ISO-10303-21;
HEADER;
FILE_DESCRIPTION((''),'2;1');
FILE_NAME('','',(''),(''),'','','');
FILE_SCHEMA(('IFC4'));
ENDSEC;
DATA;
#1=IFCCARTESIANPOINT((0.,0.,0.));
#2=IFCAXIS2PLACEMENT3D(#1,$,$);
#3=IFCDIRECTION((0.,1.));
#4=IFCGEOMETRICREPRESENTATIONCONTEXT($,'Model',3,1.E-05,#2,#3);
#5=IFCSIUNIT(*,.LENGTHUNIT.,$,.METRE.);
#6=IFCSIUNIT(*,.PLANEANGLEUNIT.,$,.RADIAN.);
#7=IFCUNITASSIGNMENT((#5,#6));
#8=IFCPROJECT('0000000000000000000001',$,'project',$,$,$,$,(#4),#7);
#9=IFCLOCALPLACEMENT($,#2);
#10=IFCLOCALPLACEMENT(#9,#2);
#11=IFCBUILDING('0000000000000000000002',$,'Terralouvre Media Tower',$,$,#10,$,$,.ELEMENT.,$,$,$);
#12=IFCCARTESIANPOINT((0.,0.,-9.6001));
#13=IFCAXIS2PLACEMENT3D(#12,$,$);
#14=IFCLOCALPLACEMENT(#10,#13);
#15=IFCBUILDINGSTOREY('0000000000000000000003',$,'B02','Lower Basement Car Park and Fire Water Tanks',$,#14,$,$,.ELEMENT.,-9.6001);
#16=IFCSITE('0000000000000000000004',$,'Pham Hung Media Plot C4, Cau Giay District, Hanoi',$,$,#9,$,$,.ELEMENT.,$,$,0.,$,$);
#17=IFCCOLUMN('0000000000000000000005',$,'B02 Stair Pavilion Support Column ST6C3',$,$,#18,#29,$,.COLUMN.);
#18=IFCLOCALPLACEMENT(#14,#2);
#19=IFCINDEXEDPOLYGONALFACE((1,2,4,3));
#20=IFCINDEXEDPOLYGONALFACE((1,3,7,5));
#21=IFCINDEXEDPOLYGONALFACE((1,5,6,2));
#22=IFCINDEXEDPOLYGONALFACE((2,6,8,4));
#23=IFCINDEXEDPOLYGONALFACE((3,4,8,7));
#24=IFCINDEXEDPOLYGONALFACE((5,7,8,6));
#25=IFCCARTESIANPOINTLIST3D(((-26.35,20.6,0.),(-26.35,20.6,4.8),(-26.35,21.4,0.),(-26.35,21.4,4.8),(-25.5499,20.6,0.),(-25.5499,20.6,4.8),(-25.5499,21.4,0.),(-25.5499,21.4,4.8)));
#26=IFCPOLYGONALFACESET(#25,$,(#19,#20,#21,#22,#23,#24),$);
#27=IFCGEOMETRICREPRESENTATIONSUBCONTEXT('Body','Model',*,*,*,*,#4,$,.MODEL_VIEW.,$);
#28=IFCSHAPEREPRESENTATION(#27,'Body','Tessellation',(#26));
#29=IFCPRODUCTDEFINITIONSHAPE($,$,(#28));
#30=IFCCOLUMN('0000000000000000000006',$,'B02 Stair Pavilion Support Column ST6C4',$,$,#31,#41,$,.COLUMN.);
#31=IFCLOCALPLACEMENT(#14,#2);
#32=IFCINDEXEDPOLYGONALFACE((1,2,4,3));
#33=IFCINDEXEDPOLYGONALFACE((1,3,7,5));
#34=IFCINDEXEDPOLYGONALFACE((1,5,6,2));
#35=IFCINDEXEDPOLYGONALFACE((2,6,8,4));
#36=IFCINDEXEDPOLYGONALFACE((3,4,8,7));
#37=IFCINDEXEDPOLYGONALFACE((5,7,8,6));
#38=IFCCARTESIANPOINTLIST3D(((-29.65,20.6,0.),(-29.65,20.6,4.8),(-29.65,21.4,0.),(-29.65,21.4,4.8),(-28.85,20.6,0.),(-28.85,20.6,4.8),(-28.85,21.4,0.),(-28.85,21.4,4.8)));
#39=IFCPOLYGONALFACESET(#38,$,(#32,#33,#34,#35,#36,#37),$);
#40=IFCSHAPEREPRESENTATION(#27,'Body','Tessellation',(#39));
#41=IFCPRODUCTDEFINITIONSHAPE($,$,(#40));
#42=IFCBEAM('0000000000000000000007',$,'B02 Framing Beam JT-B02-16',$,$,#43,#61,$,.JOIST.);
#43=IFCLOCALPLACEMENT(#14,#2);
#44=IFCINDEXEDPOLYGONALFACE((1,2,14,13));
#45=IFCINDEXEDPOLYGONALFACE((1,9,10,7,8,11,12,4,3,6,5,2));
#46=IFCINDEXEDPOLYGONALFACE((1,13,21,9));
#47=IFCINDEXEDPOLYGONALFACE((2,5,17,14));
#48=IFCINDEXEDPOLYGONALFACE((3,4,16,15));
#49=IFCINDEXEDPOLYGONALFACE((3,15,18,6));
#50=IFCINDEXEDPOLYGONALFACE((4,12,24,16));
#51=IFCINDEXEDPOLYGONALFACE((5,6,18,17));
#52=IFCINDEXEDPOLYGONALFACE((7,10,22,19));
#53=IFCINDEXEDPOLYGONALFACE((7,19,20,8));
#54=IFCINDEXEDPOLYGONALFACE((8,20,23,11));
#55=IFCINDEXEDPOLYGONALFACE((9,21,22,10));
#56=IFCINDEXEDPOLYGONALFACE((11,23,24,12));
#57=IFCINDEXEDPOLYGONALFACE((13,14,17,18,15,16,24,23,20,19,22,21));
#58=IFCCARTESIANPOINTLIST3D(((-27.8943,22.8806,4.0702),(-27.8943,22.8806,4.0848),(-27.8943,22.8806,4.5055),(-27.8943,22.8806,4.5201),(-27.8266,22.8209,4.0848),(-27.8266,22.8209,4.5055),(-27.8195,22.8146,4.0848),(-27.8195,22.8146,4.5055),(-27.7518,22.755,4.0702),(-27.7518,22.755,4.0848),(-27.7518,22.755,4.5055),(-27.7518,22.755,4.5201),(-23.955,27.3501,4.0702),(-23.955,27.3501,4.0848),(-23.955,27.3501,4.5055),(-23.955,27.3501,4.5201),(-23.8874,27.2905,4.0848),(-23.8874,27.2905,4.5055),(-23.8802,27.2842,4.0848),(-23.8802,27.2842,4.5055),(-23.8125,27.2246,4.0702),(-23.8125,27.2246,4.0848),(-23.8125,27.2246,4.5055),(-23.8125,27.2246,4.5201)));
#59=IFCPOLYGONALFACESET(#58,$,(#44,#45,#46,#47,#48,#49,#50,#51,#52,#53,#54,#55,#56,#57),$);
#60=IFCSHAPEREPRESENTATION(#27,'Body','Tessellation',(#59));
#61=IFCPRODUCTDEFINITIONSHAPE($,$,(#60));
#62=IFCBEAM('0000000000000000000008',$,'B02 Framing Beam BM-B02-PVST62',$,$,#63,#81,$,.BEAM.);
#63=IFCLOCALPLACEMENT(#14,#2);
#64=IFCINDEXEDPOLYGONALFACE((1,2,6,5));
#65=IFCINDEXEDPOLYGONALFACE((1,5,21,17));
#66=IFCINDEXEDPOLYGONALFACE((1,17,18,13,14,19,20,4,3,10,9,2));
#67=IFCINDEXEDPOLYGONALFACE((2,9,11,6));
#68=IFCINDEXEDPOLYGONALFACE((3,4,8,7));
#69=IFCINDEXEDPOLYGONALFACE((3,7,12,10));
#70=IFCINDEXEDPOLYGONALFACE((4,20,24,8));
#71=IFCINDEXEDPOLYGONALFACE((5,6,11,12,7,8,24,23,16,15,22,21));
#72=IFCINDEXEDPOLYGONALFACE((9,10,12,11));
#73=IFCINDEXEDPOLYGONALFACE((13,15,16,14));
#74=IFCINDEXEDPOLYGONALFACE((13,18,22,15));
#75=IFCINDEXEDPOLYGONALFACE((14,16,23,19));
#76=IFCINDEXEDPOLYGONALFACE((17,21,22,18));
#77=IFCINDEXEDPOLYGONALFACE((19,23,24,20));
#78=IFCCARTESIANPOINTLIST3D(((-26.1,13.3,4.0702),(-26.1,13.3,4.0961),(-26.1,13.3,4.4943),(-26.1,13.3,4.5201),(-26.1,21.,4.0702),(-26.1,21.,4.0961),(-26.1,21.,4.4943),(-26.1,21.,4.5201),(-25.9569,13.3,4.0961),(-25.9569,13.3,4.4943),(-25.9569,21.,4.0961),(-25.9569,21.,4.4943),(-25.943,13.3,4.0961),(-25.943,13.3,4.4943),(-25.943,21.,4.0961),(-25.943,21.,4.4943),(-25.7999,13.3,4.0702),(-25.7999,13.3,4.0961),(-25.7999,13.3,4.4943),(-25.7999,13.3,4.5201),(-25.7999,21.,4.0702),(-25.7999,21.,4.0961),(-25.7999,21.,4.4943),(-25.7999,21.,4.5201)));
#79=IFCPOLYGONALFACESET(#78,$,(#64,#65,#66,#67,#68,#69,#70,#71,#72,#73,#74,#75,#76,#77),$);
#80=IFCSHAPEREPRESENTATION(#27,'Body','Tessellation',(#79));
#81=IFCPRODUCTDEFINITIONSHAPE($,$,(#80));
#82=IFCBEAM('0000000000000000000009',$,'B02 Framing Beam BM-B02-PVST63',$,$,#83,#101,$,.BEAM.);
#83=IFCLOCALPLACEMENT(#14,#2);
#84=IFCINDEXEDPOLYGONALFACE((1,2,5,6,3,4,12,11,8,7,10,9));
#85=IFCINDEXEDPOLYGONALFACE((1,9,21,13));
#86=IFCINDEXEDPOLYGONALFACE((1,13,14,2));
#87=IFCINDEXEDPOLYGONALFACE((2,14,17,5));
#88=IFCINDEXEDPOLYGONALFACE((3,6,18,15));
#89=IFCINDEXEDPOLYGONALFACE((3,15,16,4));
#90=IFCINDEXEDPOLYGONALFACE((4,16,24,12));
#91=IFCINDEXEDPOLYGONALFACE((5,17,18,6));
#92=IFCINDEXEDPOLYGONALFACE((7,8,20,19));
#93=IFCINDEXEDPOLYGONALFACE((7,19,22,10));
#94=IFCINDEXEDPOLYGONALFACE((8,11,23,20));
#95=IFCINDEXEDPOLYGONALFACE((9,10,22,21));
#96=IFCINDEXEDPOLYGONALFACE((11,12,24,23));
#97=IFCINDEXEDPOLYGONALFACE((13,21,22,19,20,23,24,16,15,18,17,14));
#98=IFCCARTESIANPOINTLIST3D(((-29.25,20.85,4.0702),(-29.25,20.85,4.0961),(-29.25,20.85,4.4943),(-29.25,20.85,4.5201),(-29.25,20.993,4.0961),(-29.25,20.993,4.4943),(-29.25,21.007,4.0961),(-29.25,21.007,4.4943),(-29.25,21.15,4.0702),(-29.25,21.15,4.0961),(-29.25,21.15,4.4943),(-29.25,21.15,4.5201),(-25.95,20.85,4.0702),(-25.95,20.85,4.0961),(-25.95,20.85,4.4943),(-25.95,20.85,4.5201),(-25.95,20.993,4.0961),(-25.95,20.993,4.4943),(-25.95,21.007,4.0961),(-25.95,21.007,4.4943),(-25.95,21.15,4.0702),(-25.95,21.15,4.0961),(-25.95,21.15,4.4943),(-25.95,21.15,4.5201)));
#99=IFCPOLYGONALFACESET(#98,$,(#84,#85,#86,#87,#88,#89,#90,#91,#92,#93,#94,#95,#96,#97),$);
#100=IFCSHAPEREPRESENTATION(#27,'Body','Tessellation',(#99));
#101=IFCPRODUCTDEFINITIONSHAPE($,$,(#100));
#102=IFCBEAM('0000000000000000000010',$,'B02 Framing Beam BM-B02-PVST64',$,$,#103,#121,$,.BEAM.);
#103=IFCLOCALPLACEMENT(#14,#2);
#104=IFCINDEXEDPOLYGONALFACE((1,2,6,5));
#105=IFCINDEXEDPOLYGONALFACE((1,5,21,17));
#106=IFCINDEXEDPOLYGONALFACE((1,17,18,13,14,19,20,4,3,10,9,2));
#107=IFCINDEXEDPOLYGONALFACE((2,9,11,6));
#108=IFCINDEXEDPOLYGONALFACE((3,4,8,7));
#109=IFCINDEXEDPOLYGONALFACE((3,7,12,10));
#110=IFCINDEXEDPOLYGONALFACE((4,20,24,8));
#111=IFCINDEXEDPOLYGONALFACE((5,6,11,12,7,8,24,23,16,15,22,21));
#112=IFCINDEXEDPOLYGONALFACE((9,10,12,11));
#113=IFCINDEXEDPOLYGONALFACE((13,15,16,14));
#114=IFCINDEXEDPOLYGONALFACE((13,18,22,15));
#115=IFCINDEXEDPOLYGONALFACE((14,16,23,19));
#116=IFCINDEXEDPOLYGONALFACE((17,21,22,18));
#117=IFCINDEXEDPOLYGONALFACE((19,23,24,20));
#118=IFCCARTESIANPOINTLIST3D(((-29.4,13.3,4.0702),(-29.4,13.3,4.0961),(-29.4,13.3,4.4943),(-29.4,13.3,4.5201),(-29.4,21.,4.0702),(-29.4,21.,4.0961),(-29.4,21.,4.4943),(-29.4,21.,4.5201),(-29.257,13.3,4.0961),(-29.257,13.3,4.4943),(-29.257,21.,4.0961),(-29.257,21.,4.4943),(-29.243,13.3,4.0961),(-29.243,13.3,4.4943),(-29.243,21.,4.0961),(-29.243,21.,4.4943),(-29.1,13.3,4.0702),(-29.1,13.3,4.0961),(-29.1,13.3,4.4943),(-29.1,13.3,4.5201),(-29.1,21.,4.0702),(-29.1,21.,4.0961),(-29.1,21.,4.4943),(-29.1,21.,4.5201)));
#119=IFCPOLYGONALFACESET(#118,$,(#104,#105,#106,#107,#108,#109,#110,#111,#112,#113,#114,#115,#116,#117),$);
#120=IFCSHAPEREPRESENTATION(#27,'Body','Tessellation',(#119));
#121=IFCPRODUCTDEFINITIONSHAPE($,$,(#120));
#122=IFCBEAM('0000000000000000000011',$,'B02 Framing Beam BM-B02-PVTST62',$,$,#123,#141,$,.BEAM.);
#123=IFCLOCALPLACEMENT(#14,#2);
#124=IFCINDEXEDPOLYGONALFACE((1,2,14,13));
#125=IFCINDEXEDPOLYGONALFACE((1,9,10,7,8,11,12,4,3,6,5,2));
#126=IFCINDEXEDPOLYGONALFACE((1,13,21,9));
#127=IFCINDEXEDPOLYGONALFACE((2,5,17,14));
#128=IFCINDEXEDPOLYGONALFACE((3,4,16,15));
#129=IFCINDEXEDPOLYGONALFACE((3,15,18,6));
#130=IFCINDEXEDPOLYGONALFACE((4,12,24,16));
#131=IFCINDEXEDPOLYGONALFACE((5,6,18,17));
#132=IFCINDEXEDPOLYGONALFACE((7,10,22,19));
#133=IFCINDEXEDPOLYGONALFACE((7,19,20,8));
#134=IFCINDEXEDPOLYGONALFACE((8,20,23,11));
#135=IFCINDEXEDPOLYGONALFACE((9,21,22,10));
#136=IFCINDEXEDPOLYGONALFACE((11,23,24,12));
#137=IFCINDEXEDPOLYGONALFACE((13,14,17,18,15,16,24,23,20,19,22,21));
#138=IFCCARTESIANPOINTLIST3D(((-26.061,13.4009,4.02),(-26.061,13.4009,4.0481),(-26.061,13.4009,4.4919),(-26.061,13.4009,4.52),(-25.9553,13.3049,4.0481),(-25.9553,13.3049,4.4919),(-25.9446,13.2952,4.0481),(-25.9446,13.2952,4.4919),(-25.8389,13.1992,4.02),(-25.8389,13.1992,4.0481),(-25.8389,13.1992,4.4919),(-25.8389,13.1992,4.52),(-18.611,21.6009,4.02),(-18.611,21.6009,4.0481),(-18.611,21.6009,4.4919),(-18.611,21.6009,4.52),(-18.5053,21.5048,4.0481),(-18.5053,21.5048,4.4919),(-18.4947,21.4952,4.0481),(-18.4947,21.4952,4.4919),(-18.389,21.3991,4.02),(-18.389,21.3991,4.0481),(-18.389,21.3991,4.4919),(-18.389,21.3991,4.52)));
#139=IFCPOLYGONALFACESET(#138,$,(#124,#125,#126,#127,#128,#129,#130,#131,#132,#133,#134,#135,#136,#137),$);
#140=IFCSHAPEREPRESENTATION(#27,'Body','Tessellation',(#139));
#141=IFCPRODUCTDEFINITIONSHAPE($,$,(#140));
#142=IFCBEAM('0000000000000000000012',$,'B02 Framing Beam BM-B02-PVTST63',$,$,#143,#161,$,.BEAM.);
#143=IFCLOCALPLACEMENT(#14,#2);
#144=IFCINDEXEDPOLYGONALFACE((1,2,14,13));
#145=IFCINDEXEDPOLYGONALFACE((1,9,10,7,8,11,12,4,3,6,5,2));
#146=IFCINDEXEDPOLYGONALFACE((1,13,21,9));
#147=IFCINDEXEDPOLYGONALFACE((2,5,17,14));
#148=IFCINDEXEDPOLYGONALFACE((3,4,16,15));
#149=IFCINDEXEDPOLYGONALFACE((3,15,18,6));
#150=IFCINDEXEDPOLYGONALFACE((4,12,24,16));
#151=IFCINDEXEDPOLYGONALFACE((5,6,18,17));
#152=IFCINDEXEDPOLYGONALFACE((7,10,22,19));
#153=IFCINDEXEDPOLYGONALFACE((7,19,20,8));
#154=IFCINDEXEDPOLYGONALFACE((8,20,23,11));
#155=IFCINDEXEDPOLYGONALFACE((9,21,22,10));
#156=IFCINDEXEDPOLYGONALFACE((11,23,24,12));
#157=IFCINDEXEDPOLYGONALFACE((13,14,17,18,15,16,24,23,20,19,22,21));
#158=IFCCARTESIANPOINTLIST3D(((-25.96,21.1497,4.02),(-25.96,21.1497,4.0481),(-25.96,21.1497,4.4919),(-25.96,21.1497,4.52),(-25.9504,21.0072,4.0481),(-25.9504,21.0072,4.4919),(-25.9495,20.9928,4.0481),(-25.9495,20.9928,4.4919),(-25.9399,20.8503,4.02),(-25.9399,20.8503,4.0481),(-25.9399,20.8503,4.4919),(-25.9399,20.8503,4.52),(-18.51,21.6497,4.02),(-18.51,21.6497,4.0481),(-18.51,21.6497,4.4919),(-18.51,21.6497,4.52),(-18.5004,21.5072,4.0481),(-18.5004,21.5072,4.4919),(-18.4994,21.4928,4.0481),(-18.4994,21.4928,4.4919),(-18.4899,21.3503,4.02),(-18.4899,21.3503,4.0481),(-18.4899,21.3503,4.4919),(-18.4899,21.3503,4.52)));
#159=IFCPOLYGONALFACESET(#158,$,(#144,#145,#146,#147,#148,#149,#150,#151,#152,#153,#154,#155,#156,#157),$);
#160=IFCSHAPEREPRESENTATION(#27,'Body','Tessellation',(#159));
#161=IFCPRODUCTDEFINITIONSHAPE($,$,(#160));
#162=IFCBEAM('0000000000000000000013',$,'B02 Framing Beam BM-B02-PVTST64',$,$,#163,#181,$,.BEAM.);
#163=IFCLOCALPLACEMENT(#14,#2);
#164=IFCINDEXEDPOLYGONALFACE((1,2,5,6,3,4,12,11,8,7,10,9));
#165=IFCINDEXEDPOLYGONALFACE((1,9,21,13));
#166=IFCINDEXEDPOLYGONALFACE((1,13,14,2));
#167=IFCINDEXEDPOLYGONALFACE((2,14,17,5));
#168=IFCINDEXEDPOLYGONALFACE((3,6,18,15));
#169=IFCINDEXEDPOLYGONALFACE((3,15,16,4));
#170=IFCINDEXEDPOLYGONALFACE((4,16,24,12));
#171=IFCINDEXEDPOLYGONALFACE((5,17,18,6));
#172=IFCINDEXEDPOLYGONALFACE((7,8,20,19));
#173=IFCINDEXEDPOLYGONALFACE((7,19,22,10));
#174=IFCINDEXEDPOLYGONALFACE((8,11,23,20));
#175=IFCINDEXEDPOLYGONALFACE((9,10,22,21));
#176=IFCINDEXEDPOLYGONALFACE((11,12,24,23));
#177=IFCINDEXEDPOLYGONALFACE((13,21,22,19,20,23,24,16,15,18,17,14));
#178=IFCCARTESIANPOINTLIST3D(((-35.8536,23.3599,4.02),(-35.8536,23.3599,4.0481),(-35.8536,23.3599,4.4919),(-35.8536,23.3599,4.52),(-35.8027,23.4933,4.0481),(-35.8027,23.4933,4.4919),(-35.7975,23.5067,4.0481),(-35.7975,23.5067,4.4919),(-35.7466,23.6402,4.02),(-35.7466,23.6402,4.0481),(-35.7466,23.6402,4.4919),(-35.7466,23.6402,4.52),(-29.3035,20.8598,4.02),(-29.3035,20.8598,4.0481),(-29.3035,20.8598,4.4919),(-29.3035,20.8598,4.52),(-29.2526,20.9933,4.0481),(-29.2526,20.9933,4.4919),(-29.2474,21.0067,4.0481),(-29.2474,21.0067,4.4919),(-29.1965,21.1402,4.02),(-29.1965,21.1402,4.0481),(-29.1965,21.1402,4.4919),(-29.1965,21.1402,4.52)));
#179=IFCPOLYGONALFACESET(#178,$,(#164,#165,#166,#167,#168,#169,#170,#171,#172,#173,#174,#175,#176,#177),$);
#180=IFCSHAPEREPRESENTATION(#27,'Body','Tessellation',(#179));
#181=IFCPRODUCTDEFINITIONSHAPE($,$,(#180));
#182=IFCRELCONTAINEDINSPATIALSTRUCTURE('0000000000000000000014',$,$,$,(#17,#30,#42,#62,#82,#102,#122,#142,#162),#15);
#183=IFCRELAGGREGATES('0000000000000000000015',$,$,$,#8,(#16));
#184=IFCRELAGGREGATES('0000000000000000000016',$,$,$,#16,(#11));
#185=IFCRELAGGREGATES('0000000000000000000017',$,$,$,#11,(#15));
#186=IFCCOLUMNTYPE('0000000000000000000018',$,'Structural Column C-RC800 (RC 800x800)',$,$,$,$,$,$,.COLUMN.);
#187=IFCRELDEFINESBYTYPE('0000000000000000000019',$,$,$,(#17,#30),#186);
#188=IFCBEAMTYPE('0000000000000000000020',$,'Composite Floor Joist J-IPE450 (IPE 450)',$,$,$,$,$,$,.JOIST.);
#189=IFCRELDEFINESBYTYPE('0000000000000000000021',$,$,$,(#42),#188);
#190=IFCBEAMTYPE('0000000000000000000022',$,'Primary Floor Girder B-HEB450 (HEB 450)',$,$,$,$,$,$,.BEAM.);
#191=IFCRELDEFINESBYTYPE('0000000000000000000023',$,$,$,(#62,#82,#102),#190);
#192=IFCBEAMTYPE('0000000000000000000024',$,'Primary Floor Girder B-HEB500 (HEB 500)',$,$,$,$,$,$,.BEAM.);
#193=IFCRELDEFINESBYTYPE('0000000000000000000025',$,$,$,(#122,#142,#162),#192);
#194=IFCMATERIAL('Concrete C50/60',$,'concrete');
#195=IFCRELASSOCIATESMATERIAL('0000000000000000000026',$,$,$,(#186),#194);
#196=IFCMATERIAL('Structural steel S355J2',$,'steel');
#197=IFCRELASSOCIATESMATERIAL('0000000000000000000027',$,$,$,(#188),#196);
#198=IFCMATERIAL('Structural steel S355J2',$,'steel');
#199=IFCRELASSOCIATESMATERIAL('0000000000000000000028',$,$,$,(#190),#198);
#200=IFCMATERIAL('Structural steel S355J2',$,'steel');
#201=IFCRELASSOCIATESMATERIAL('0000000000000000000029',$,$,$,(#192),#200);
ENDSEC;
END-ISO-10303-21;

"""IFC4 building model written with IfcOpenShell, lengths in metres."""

from ifc_helpers import new_model, si_unit, direction, frame, origin, origin_2d, place, context, subcontext, project, spatial, rectangle, i_section, extrude, material, material_profile, profile_set, type_object, element, save


model = new_model("IFC4")

# Units and contexts
model_context = context("Model", 3, precision=1e-05, world=origin(), true_north=direction((0.0, 1.0)))
body_context = subcontext(model_context, "Body", "Model", "MODEL_VIEW")
ifc_project = project(units=[si_unit("LENGTHUNIT", "METRE"), si_unit("PLANEANGLEUNIT", "RADIAN")], contexts=[model_context])

# Site, building, storey
site_placement = place(None, origin())
site = spatial("IfcSite", under=ifc_project, at=site_placement, Name="Pham Hung Media Plot C4, Cau Giay District, Hanoi", CompositionType="ELEMENT", RefElevation=0.0)
building_placement = place(site_placement, origin())
building = spatial("IfcBuilding", under=site, at=building_placement, Name="Terralouvre Media Tower", CompositionType="ELEMENT")
storey_placement = place(building_placement, frame((0.0, 0.0, -9.6001)))
storey = spatial("IfcBuildingStorey", under=building, at=storey_placement, Name="B02", Description="Lower Basement Car Park and Fire Water Tanks", CompositionType="ELEMENT", Elevation=-9.6001)

# Columns
ifc_material_1 = material(Name="Concrete C50/60", Category="concrete")
ifc_material_profile_1 = material_profile(ifc_material_1, rectangle(XDim=0.8, YDim=0.8, at=origin_2d()), Name="RC 800x800")
ifc_profile_set_1 = profile_set([ifc_material_profile_1], Name="Concrete C50/60")
column_type_1 = type_object("IfcColumnType", Name="Structural Column C-RC800 (RC 800x800)", PredefinedType="COLUMN", material=ifc_profile_set_1)
for number, where, z_axis, x_axis, name in (
    (1, (-25.95, 21.0, 0.0), (0.0, 0.0, 1.0), (1.0, 0.0, 0.0), "B02 Stair Pavilion Support Column ST6C3"),
    (2, (-29.25, 21.0, 0.0), (0.0, 0.0, 1.0), (1.0, 0.0, 0.0), "B02 Stair Pavilion Support Column ST6C4"),
):
    element("IfcColumn", number, at=place(storey_placement, frame(where, z_axis=z_axis, x_axis=x_axis)), inside=storey, type_object=column_type_1, Name=name, PredefinedType="COLUMN", context=body_context, shape_type="SweptSolid", body=[
        extrude(rectangle(XDim=0.8, YDim=0.8, at=origin_2d()), origin(), (0.0, 0.0, 1.0), 4.8),
    ])

# Beams
ifc_material_2 = material(Name="Structural steel S355J2", Category="steel")
ifc_material_profile_2 = material_profile(ifc_material_2, i_section(OverallWidth=0.1899, OverallDepth=0.45, WebThickness=0.0095, FlangeThickness=0.0146, at=origin_2d()), Name="IPE 450")
ifc_profile_set_2 = profile_set([ifc_material_profile_2], Name="Structural steel S355J2")
beam_type_1 = type_object("IfcBeamType", Name="Composite Floor Joist J-IPE450 (IPE 450)", PredefinedType="JOIST", material=ifc_profile_set_2)
beam_1_placement = place(storey_placement, frame((-23.8838, 27.2874, 4.2952), z_axis=(-0.661201, -0.750208, 0.0), x_axis=(0.750208, -0.661201, 0.0)))
element("IfcBeam", 3, at=beam_1_placement, inside=storey, type_object=beam_type_1, Name="B02 Framing Beam JT-B02-16", PredefinedType="JOIST", context=body_context, shape_type="SweptSolid", body=[
    extrude(i_section(OverallWidth=0.1899, OverallDepth=0.45, WebThickness=0.0095, FlangeThickness=0.0146, at=origin_2d()), origin(), (0.0, 0.0, 1.0), 5.9578),
])
ifc_material_3 = material(Name="Structural steel S355J2", Category="steel")
ifc_material_profile_3 = material_profile(ifc_material_3, i_section(OverallWidth=0.3, OverallDepth=0.45, WebThickness=0.0139, FlangeThickness=0.0259, at=origin_2d()), Name="HEB 450")
ifc_profile_set_3 = profile_set([ifc_material_profile_3], Name="Structural steel S355J2")
beam_type_2 = type_object("IfcBeamType", Name="Primary Floor Girder B-HEB450 (HEB 450)", PredefinedType="BEAM", material=ifc_profile_set_3)
beam_2_placement = place(storey_placement, frame((-25.95, 13.3, 4.2952), z_axis=(0.0, 1.0, 0.0), x_axis=(-1.0, 0.0, 0.0)))
element("IfcBeam", 4, at=beam_2_placement, inside=storey, type_object=beam_type_2, Name="B02 Framing Beam BM-B02-PVST62", PredefinedType="BEAM", context=body_context, shape_type="SweptSolid", body=[
    extrude(i_section(OverallWidth=0.3, OverallDepth=0.45, WebThickness=0.0139, FlangeThickness=0.0259, at=origin_2d()), origin(), (0.0, 0.0, 1.0), 7.7),
])
beam_3_placement = place(storey_placement, frame((-25.95, 21.0, 4.2952), z_axis=(-1.0, 0.0, 0.0), x_axis=(0.0, -1.0, 0.0)))
element("IfcBeam", 5, at=beam_3_placement, inside=storey, type_object=beam_type_2, Name="B02 Framing Beam BM-B02-PVST63", PredefinedType="BEAM", context=body_context, shape_type="SweptSolid", body=[
    extrude(i_section(OverallWidth=0.3, OverallDepth=0.45, WebThickness=0.0139, FlangeThickness=0.0259, at=origin_2d()), origin(), (0.0, 0.0, 1.0), 3.3),
])
beam_4_placement = place(storey_placement, frame((-29.25, 21.0, 4.2952), z_axis=(0.0, -1.0, 0.0), x_axis=(1.0, 0.0, 0.0)))
element("IfcBeam", 6, at=beam_4_placement, inside=storey, type_object=beam_type_2, Name="B02 Framing Beam BM-B02-PVST64", PredefinedType="BEAM", context=body_context, shape_type="SweptSolid", body=[
    extrude(i_section(OverallWidth=0.3, OverallDepth=0.45, WebThickness=0.0139, FlangeThickness=0.0259, at=origin_2d()), origin(), (0.0, 0.0, 1.0), 7.7),
])
ifc_material_4 = material(Name="Structural steel S355J2", Category="steel")
ifc_material_profile_4 = material_profile(ifc_material_4, i_section(OverallWidth=0.3, OverallDepth=0.5, WebThickness=0.0144, FlangeThickness=0.0281, at=origin_2d()), Name="HEB 500")
ifc_profile_set_4 = profile_set([ifc_material_profile_4], Name="Structural steel S355J2")
beam_type_3 = type_object("IfcBeamType", Name="Primary Floor Girder B-HEB500 (HEB 500)", PredefinedType="BEAM", material=ifc_profile_set_4)
beam_5_placement = place(storey_placement, frame((-25.95, 13.3, 4.27), z_axis=(0.672448, 0.740144, 0.0), x_axis=(-0.740144, 0.672448, 0.0)))
element("IfcBeam", 7, at=beam_5_placement, inside=storey, type_object=beam_type_3, Name="B02 Framing Beam BM-B02-PVTST62", PredefinedType="BEAM", context=body_context, shape_type="SweptSolid", body=[
    extrude(i_section(OverallWidth=0.3, OverallDepth=0.5, WebThickness=0.0144, FlangeThickness=0.0281, at=origin_2d()), origin(), (0.0, 0.0, 1.0), 11.0789),
])
beam_6_placement = place(storey_placement, frame((-25.95, 21.0, 4.27), z_axis=(0.997755, 0.066964, 0.0), x_axis=(-0.066964, 0.997755, 0.0)))
element("IfcBeam", 8, at=beam_6_placement, inside=storey, type_object=beam_type_3, Name="B02 Framing Beam BM-B02-PVTST63", PredefinedType="BEAM", context=body_context, shape_type="SweptSolid", body=[
    extrude(i_section(OverallWidth=0.3, OverallDepth=0.5, WebThickness=0.0144, FlangeThickness=0.0281, at=origin_2d()), origin(), (0.0, 0.0, 1.0), 7.4668),
])
beam_7_placement = place(storey_placement, frame((-29.25, 21.0, 4.27), z_axis=(-0.934262, 0.356586, 0.0), x_axis=(-0.356586, -0.934262, 0.0)))
element("IfcBeam", 9, at=beam_7_placement, inside=storey, type_object=beam_type_3, Name="B02 Framing Beam BM-B02-PVTST64", PredefinedType="BEAM", context=body_context, shape_type="SweptSolid", body=[
    extrude(i_section(OverallWidth=0.3, OverallDepth=0.5, WebThickness=0.0144, FlangeThickness=0.0281, at=origin_2d()), origin(), (0.0, 0.0, 1.0), 7.011),
])

save(model, "model.ifc")
